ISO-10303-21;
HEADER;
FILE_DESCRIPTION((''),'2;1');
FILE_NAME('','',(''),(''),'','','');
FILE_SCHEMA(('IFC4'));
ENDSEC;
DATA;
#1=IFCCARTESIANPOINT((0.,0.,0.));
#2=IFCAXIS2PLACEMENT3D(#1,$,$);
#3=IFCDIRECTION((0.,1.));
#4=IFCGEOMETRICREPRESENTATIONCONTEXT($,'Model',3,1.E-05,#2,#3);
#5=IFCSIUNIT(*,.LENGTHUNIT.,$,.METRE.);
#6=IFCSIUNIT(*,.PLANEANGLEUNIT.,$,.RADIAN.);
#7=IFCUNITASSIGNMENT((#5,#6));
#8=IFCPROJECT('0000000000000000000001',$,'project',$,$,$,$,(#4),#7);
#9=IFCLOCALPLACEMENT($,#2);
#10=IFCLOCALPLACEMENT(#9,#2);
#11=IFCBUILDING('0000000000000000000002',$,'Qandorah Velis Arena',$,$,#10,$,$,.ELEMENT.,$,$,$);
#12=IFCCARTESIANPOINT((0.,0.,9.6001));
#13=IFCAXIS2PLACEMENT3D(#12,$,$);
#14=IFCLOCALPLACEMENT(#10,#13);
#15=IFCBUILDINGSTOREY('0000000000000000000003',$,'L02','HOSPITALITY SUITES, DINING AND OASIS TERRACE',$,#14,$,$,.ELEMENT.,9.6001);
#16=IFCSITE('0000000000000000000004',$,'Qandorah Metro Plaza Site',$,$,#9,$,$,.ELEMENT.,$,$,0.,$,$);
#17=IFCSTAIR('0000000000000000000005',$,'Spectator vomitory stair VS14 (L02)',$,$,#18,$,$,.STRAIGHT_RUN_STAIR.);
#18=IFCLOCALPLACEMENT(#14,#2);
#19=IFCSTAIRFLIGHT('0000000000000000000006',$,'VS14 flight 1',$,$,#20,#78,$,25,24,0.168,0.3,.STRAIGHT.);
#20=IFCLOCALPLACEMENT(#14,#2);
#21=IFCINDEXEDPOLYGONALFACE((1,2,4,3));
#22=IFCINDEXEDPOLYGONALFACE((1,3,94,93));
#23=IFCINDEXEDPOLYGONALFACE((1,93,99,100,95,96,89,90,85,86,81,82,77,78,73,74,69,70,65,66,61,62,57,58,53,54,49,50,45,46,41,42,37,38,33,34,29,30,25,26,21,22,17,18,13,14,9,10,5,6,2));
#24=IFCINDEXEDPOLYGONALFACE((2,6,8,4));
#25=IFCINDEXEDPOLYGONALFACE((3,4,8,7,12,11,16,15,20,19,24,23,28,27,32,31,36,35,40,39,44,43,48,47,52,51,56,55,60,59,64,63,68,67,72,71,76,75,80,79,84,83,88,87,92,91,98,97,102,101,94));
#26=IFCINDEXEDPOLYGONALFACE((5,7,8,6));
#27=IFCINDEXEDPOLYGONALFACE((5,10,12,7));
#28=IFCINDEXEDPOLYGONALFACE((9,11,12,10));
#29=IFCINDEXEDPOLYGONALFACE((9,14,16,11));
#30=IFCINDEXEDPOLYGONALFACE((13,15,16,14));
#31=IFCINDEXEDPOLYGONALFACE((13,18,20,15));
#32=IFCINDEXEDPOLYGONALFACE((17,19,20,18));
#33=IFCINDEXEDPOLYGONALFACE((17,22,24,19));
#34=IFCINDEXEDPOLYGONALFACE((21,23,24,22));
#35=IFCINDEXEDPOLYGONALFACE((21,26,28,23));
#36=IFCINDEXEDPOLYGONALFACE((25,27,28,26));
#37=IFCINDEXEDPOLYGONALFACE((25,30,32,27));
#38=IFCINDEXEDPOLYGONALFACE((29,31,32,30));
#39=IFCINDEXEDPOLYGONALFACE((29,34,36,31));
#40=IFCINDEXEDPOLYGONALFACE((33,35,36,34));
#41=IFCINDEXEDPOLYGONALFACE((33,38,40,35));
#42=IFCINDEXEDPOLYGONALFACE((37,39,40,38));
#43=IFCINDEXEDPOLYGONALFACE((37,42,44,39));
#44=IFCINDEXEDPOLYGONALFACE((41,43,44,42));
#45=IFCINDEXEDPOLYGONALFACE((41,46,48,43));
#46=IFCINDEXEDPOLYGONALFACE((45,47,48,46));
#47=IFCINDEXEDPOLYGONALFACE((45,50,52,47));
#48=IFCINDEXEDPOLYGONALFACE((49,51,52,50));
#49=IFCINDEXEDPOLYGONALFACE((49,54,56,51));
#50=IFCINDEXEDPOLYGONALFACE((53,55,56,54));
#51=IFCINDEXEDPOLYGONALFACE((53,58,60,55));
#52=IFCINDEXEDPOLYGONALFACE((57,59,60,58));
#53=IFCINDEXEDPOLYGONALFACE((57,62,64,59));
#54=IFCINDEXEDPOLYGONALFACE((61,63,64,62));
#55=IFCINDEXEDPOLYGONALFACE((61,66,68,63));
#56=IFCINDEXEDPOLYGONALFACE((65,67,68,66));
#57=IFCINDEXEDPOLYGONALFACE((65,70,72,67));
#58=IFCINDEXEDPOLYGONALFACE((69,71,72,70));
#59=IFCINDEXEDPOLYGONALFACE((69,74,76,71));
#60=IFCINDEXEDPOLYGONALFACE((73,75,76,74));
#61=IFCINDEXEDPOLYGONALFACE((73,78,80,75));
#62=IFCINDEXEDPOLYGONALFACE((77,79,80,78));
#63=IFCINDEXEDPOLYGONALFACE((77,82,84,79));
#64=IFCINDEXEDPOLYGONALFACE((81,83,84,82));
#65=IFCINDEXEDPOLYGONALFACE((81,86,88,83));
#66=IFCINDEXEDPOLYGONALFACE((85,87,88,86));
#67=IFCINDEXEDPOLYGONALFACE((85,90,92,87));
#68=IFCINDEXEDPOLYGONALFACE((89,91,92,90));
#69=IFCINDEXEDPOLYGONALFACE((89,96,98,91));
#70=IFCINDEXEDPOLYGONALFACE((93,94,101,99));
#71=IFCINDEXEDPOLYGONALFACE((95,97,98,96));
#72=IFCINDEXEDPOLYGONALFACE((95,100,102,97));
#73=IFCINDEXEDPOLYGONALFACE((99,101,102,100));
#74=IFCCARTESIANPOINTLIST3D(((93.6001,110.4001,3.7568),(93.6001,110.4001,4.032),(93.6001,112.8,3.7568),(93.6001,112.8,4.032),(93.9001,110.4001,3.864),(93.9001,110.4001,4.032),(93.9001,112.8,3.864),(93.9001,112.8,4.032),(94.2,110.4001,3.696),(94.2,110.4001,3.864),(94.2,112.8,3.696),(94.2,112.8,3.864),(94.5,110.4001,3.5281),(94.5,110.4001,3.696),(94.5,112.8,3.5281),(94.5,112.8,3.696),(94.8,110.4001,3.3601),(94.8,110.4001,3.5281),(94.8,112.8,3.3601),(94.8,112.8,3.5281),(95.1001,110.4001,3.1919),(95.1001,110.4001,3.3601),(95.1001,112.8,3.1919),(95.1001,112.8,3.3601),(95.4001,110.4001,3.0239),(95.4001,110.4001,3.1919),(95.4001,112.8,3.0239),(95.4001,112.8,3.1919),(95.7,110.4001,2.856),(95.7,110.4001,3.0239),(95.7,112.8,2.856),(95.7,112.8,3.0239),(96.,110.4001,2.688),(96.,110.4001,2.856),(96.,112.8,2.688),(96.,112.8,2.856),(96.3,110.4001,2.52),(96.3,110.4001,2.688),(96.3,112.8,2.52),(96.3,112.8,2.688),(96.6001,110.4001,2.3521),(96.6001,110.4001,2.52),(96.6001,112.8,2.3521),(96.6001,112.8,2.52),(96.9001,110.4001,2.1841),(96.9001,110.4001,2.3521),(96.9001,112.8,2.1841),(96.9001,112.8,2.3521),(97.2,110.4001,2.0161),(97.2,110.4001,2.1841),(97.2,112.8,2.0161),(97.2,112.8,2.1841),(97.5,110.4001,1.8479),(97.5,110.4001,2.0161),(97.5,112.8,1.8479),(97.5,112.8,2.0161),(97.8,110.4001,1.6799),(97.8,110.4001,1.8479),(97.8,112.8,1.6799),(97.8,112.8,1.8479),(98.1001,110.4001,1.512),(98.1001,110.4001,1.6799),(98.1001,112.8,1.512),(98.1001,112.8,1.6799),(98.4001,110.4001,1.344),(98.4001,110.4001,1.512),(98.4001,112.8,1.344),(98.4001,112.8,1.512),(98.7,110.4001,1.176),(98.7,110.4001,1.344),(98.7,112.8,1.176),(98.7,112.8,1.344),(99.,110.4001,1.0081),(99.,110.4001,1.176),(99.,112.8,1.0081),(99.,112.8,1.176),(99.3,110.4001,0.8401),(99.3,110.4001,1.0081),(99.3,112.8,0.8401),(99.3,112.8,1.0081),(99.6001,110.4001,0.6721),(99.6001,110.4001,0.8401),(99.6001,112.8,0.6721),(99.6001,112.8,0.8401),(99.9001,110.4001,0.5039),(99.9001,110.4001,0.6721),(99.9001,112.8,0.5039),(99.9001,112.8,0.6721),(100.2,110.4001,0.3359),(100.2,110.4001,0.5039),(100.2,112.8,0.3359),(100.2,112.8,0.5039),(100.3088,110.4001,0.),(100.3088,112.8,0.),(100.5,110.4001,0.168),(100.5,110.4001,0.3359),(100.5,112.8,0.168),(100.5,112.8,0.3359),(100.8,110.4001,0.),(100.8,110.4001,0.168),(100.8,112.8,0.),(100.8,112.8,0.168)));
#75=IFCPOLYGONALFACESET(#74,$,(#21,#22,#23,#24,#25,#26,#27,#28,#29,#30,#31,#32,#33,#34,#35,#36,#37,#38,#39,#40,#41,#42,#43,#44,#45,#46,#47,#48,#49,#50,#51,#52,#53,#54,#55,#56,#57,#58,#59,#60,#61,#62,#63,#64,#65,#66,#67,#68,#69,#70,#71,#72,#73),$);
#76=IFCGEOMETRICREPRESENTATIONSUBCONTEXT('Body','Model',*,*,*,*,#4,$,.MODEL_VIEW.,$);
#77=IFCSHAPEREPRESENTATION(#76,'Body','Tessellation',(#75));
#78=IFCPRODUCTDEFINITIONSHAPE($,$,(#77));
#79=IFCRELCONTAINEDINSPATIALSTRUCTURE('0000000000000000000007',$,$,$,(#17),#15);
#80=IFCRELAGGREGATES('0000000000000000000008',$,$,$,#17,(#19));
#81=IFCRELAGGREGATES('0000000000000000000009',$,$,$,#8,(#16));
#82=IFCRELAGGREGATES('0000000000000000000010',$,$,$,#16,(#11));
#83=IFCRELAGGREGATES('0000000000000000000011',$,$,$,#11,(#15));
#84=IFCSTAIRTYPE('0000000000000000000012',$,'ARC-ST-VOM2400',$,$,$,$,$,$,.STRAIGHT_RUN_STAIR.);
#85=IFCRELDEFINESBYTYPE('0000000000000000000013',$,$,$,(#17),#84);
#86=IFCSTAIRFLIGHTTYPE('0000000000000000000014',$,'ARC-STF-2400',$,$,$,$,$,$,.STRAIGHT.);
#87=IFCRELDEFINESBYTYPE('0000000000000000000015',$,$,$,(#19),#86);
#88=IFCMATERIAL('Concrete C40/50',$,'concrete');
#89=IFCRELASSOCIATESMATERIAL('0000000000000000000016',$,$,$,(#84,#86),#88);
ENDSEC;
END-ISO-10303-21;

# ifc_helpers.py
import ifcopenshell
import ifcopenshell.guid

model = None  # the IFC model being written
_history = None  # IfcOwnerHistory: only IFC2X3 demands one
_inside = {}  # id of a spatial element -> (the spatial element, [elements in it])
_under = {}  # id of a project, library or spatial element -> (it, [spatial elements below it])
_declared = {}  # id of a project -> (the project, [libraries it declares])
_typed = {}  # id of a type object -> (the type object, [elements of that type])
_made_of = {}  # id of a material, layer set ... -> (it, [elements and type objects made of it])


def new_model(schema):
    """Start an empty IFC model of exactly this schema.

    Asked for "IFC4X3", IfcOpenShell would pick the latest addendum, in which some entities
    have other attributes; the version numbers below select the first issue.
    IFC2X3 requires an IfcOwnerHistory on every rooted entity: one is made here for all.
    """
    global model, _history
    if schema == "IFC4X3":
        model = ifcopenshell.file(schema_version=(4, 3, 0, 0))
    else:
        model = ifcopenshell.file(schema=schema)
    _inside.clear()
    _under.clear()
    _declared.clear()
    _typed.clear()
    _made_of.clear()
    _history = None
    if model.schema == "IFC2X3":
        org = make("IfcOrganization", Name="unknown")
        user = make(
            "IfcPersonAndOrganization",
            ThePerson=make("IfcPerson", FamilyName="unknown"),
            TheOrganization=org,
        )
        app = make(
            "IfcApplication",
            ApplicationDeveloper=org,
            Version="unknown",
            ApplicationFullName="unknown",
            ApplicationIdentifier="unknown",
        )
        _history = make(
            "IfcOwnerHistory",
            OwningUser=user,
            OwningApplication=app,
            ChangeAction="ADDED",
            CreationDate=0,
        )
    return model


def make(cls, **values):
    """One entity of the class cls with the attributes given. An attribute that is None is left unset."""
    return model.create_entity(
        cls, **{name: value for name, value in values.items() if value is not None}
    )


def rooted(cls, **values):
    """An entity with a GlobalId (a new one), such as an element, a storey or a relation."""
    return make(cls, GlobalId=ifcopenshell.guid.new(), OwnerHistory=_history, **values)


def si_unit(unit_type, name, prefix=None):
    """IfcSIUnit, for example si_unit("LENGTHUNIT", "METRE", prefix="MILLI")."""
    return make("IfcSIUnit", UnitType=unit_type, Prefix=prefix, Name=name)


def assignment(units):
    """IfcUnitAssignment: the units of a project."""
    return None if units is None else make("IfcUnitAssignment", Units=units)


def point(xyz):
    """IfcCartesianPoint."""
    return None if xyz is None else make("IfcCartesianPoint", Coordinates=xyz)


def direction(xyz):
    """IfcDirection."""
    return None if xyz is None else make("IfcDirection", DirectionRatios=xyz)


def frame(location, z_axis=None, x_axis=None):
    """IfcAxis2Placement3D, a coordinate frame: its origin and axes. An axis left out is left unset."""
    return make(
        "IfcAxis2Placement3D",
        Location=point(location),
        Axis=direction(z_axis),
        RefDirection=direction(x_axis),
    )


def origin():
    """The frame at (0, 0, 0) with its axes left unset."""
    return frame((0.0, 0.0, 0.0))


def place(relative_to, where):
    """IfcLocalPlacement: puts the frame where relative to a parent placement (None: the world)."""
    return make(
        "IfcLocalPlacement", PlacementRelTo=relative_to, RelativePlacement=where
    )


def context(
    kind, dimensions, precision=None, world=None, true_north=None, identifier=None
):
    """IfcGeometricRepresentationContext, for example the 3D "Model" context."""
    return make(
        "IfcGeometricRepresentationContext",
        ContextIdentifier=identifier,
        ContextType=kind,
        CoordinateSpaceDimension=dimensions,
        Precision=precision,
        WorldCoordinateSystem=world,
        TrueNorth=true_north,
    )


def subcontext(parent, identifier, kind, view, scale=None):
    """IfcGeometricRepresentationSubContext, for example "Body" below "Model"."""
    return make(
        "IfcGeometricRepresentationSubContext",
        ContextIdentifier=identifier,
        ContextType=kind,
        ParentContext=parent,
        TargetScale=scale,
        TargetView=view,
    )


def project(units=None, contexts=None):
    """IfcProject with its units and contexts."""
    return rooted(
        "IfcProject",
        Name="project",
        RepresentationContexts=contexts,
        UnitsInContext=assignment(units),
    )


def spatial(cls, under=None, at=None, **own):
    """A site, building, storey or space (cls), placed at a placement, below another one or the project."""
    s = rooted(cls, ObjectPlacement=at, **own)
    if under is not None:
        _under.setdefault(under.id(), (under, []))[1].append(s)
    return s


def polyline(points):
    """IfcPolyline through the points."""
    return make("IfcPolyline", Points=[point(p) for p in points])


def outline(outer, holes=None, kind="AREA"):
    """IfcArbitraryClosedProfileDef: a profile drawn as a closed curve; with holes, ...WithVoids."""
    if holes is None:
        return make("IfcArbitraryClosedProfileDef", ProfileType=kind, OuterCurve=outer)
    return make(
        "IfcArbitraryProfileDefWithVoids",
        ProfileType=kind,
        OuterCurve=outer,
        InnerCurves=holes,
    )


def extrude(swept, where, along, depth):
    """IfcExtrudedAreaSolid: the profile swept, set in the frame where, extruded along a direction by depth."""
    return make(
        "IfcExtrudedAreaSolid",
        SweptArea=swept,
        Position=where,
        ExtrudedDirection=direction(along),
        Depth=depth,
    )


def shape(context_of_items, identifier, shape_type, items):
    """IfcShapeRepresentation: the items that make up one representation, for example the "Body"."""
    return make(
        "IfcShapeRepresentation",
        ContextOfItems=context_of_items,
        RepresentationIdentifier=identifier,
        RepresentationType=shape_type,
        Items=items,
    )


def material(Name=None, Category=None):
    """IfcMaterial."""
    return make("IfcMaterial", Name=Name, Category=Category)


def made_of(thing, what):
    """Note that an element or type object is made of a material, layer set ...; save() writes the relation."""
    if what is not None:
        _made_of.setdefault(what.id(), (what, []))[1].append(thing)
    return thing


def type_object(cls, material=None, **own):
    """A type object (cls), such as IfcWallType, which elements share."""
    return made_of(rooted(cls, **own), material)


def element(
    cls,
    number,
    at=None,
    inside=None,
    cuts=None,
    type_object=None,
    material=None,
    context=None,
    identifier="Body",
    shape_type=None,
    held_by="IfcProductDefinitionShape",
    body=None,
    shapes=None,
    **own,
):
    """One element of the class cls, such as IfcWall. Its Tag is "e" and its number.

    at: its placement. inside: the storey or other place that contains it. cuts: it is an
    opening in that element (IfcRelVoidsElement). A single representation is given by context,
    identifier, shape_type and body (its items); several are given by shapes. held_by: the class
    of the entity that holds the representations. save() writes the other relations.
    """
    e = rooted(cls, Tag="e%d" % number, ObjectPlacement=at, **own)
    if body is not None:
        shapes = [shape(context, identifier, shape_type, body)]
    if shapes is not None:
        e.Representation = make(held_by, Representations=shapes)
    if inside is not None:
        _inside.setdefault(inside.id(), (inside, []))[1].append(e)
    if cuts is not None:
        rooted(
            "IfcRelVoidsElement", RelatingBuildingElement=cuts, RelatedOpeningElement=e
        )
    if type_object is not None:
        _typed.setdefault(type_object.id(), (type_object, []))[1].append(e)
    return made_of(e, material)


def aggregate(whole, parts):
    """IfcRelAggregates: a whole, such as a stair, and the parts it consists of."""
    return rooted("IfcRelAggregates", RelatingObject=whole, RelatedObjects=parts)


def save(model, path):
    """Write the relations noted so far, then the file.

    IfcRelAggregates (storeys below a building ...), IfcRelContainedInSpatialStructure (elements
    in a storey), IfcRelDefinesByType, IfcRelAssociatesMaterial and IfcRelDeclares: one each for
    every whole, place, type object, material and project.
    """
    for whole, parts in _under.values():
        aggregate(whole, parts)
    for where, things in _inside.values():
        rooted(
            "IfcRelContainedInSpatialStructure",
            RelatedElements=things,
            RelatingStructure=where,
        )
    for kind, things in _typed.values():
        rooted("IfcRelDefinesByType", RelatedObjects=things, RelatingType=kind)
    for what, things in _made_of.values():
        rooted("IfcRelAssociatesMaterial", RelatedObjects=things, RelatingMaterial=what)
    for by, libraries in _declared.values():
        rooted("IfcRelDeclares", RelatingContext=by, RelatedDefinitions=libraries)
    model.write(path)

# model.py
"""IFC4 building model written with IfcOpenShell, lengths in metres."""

from ifc_helpers import new_model, si_unit, direction, frame, origin, place, context, subcontext, project, spatial, polyline, outline, extrude, material, type_object, element, aggregate, save


model = new_model("IFC4")

# Units and contexts
model_context = context("Model", 3, precision=1e-05, world=origin(), true_north=direction((0.0, 1.0)))
body_context = subcontext(model_context, "Body", "Model", "MODEL_VIEW")
ifc_project = project(units=[si_unit("LENGTHUNIT", "METRE"), si_unit("PLANEANGLEUNIT", "RADIAN")], contexts=[model_context])

# Site, building, storey
site_placement = place(None, origin())
site = spatial("IfcSite", under=ifc_project, at=site_placement, Name="Qandorah Metro Plaza Site", CompositionType="ELEMENT", RefElevation=0.0)
building_placement = place(site_placement, origin())
building = spatial("IfcBuilding", under=site, at=building_placement, Name="Qandorah Velis Arena", CompositionType="ELEMENT")
storey_placement = place(building_placement, frame((0.0, 0.0, 9.6001)))
storey = spatial("IfcBuildingStorey", under=building, at=storey_placement, Name="L02", Description="HOSPITALITY SUITES, DINING AND OASIS TERRACE", CompositionType="ELEMENT", Elevation=9.6001)

# Shared definitions
ifc_material_1 = material(Name="Concrete C40/50", Category="concrete")

# Stair, stair flight
stair_type = type_object("IfcStairType", Name="ARC-ST-VOM2400", PredefinedType="STRAIGHT_RUN_STAIR", material=ifc_material_1)
stair_placement = place(storey_placement, origin())
stair = element("IfcStair", 1, at=stair_placement, inside=storey, type_object=stair_type, Name="Spectator vomitory stair VS14 (L02)", PredefinedType="STRAIGHT_RUN_STAIR")
stair_flight_type = type_object("IfcStairFlightType", Name="ARC-STF-2400", PredefinedType="STRAIGHT", material=ifc_material_1)
stair_flight_placement = place(storey_placement, frame((100.8, 111.6001, 0.0), z_axis=(0.0, 0.0, 1.0), x_axis=(-1.0, 0.0, 0.0)))
stair_flight = element("IfcStairFlight", 2, at=stair_flight_placement, type_object=stair_flight_type, Name="VS14 flight 1", NumberOfRisers=25, NumberOfTreads=24, PredefinedType="STRAIGHT", RiserHeight=0.168, TreadLength=0.3, context=body_context, shape_type="SweptSolid", body=[
    extrude(outline(polyline([(0.0, 0.0), (0.0, 0.168), (0.3, 0.168), (0.3, 0.3359), (0.6001, 0.3359), (0.6001, 0.5039), (0.8999, 0.5039), (0.8999, 0.6721), (1.2, 0.6721), (1.2, 0.8401), (1.5, 0.8401), (1.5, 1.0081), (1.8, 1.0081), (1.8, 1.176), (2.1001, 1.176), (2.1001, 1.344), (2.3999, 1.344), (2.3999, 1.512), (2.7, 1.512), (2.7, 1.6799), (3.0, 1.6799), (3.0, 1.8479), (3.3, 1.8479), (3.3, 2.0161), (3.6001, 2.0161), (3.6001, 2.1841), (3.8999, 2.1841), (3.8999, 2.3521), (4.2, 2.3521), (4.2, 2.52), (4.5, 2.52), (4.5, 2.688), (4.8, 2.688), (4.8, 2.856), (5.1001, 2.856), (5.1001, 3.0239), (5.3999, 3.0239), (5.3999, 3.1919), (5.7, 3.1919), (5.7, 3.3601), (6.0, 3.3601), (6.0, 3.5281), (6.3, 3.5281), (6.3, 3.696), (6.6001, 3.696), (6.6001, 3.864), (6.8999, 3.864), (6.8999, 4.032), (7.2, 4.032), (7.2, 4.2), (7.2, 3.7568), (0.4912, 0.0), (0.0, 0.0)])), frame((0.0, 1.2, 0.0), z_axis=(0.0, -1.0, 0.0), x_axis=(1.0, 0.0, 0.0)), (0.0, 0.0, 1.0), 2.3999),
])
aggregate(stair, [stair_flight])

save(model, "model.ifc")
